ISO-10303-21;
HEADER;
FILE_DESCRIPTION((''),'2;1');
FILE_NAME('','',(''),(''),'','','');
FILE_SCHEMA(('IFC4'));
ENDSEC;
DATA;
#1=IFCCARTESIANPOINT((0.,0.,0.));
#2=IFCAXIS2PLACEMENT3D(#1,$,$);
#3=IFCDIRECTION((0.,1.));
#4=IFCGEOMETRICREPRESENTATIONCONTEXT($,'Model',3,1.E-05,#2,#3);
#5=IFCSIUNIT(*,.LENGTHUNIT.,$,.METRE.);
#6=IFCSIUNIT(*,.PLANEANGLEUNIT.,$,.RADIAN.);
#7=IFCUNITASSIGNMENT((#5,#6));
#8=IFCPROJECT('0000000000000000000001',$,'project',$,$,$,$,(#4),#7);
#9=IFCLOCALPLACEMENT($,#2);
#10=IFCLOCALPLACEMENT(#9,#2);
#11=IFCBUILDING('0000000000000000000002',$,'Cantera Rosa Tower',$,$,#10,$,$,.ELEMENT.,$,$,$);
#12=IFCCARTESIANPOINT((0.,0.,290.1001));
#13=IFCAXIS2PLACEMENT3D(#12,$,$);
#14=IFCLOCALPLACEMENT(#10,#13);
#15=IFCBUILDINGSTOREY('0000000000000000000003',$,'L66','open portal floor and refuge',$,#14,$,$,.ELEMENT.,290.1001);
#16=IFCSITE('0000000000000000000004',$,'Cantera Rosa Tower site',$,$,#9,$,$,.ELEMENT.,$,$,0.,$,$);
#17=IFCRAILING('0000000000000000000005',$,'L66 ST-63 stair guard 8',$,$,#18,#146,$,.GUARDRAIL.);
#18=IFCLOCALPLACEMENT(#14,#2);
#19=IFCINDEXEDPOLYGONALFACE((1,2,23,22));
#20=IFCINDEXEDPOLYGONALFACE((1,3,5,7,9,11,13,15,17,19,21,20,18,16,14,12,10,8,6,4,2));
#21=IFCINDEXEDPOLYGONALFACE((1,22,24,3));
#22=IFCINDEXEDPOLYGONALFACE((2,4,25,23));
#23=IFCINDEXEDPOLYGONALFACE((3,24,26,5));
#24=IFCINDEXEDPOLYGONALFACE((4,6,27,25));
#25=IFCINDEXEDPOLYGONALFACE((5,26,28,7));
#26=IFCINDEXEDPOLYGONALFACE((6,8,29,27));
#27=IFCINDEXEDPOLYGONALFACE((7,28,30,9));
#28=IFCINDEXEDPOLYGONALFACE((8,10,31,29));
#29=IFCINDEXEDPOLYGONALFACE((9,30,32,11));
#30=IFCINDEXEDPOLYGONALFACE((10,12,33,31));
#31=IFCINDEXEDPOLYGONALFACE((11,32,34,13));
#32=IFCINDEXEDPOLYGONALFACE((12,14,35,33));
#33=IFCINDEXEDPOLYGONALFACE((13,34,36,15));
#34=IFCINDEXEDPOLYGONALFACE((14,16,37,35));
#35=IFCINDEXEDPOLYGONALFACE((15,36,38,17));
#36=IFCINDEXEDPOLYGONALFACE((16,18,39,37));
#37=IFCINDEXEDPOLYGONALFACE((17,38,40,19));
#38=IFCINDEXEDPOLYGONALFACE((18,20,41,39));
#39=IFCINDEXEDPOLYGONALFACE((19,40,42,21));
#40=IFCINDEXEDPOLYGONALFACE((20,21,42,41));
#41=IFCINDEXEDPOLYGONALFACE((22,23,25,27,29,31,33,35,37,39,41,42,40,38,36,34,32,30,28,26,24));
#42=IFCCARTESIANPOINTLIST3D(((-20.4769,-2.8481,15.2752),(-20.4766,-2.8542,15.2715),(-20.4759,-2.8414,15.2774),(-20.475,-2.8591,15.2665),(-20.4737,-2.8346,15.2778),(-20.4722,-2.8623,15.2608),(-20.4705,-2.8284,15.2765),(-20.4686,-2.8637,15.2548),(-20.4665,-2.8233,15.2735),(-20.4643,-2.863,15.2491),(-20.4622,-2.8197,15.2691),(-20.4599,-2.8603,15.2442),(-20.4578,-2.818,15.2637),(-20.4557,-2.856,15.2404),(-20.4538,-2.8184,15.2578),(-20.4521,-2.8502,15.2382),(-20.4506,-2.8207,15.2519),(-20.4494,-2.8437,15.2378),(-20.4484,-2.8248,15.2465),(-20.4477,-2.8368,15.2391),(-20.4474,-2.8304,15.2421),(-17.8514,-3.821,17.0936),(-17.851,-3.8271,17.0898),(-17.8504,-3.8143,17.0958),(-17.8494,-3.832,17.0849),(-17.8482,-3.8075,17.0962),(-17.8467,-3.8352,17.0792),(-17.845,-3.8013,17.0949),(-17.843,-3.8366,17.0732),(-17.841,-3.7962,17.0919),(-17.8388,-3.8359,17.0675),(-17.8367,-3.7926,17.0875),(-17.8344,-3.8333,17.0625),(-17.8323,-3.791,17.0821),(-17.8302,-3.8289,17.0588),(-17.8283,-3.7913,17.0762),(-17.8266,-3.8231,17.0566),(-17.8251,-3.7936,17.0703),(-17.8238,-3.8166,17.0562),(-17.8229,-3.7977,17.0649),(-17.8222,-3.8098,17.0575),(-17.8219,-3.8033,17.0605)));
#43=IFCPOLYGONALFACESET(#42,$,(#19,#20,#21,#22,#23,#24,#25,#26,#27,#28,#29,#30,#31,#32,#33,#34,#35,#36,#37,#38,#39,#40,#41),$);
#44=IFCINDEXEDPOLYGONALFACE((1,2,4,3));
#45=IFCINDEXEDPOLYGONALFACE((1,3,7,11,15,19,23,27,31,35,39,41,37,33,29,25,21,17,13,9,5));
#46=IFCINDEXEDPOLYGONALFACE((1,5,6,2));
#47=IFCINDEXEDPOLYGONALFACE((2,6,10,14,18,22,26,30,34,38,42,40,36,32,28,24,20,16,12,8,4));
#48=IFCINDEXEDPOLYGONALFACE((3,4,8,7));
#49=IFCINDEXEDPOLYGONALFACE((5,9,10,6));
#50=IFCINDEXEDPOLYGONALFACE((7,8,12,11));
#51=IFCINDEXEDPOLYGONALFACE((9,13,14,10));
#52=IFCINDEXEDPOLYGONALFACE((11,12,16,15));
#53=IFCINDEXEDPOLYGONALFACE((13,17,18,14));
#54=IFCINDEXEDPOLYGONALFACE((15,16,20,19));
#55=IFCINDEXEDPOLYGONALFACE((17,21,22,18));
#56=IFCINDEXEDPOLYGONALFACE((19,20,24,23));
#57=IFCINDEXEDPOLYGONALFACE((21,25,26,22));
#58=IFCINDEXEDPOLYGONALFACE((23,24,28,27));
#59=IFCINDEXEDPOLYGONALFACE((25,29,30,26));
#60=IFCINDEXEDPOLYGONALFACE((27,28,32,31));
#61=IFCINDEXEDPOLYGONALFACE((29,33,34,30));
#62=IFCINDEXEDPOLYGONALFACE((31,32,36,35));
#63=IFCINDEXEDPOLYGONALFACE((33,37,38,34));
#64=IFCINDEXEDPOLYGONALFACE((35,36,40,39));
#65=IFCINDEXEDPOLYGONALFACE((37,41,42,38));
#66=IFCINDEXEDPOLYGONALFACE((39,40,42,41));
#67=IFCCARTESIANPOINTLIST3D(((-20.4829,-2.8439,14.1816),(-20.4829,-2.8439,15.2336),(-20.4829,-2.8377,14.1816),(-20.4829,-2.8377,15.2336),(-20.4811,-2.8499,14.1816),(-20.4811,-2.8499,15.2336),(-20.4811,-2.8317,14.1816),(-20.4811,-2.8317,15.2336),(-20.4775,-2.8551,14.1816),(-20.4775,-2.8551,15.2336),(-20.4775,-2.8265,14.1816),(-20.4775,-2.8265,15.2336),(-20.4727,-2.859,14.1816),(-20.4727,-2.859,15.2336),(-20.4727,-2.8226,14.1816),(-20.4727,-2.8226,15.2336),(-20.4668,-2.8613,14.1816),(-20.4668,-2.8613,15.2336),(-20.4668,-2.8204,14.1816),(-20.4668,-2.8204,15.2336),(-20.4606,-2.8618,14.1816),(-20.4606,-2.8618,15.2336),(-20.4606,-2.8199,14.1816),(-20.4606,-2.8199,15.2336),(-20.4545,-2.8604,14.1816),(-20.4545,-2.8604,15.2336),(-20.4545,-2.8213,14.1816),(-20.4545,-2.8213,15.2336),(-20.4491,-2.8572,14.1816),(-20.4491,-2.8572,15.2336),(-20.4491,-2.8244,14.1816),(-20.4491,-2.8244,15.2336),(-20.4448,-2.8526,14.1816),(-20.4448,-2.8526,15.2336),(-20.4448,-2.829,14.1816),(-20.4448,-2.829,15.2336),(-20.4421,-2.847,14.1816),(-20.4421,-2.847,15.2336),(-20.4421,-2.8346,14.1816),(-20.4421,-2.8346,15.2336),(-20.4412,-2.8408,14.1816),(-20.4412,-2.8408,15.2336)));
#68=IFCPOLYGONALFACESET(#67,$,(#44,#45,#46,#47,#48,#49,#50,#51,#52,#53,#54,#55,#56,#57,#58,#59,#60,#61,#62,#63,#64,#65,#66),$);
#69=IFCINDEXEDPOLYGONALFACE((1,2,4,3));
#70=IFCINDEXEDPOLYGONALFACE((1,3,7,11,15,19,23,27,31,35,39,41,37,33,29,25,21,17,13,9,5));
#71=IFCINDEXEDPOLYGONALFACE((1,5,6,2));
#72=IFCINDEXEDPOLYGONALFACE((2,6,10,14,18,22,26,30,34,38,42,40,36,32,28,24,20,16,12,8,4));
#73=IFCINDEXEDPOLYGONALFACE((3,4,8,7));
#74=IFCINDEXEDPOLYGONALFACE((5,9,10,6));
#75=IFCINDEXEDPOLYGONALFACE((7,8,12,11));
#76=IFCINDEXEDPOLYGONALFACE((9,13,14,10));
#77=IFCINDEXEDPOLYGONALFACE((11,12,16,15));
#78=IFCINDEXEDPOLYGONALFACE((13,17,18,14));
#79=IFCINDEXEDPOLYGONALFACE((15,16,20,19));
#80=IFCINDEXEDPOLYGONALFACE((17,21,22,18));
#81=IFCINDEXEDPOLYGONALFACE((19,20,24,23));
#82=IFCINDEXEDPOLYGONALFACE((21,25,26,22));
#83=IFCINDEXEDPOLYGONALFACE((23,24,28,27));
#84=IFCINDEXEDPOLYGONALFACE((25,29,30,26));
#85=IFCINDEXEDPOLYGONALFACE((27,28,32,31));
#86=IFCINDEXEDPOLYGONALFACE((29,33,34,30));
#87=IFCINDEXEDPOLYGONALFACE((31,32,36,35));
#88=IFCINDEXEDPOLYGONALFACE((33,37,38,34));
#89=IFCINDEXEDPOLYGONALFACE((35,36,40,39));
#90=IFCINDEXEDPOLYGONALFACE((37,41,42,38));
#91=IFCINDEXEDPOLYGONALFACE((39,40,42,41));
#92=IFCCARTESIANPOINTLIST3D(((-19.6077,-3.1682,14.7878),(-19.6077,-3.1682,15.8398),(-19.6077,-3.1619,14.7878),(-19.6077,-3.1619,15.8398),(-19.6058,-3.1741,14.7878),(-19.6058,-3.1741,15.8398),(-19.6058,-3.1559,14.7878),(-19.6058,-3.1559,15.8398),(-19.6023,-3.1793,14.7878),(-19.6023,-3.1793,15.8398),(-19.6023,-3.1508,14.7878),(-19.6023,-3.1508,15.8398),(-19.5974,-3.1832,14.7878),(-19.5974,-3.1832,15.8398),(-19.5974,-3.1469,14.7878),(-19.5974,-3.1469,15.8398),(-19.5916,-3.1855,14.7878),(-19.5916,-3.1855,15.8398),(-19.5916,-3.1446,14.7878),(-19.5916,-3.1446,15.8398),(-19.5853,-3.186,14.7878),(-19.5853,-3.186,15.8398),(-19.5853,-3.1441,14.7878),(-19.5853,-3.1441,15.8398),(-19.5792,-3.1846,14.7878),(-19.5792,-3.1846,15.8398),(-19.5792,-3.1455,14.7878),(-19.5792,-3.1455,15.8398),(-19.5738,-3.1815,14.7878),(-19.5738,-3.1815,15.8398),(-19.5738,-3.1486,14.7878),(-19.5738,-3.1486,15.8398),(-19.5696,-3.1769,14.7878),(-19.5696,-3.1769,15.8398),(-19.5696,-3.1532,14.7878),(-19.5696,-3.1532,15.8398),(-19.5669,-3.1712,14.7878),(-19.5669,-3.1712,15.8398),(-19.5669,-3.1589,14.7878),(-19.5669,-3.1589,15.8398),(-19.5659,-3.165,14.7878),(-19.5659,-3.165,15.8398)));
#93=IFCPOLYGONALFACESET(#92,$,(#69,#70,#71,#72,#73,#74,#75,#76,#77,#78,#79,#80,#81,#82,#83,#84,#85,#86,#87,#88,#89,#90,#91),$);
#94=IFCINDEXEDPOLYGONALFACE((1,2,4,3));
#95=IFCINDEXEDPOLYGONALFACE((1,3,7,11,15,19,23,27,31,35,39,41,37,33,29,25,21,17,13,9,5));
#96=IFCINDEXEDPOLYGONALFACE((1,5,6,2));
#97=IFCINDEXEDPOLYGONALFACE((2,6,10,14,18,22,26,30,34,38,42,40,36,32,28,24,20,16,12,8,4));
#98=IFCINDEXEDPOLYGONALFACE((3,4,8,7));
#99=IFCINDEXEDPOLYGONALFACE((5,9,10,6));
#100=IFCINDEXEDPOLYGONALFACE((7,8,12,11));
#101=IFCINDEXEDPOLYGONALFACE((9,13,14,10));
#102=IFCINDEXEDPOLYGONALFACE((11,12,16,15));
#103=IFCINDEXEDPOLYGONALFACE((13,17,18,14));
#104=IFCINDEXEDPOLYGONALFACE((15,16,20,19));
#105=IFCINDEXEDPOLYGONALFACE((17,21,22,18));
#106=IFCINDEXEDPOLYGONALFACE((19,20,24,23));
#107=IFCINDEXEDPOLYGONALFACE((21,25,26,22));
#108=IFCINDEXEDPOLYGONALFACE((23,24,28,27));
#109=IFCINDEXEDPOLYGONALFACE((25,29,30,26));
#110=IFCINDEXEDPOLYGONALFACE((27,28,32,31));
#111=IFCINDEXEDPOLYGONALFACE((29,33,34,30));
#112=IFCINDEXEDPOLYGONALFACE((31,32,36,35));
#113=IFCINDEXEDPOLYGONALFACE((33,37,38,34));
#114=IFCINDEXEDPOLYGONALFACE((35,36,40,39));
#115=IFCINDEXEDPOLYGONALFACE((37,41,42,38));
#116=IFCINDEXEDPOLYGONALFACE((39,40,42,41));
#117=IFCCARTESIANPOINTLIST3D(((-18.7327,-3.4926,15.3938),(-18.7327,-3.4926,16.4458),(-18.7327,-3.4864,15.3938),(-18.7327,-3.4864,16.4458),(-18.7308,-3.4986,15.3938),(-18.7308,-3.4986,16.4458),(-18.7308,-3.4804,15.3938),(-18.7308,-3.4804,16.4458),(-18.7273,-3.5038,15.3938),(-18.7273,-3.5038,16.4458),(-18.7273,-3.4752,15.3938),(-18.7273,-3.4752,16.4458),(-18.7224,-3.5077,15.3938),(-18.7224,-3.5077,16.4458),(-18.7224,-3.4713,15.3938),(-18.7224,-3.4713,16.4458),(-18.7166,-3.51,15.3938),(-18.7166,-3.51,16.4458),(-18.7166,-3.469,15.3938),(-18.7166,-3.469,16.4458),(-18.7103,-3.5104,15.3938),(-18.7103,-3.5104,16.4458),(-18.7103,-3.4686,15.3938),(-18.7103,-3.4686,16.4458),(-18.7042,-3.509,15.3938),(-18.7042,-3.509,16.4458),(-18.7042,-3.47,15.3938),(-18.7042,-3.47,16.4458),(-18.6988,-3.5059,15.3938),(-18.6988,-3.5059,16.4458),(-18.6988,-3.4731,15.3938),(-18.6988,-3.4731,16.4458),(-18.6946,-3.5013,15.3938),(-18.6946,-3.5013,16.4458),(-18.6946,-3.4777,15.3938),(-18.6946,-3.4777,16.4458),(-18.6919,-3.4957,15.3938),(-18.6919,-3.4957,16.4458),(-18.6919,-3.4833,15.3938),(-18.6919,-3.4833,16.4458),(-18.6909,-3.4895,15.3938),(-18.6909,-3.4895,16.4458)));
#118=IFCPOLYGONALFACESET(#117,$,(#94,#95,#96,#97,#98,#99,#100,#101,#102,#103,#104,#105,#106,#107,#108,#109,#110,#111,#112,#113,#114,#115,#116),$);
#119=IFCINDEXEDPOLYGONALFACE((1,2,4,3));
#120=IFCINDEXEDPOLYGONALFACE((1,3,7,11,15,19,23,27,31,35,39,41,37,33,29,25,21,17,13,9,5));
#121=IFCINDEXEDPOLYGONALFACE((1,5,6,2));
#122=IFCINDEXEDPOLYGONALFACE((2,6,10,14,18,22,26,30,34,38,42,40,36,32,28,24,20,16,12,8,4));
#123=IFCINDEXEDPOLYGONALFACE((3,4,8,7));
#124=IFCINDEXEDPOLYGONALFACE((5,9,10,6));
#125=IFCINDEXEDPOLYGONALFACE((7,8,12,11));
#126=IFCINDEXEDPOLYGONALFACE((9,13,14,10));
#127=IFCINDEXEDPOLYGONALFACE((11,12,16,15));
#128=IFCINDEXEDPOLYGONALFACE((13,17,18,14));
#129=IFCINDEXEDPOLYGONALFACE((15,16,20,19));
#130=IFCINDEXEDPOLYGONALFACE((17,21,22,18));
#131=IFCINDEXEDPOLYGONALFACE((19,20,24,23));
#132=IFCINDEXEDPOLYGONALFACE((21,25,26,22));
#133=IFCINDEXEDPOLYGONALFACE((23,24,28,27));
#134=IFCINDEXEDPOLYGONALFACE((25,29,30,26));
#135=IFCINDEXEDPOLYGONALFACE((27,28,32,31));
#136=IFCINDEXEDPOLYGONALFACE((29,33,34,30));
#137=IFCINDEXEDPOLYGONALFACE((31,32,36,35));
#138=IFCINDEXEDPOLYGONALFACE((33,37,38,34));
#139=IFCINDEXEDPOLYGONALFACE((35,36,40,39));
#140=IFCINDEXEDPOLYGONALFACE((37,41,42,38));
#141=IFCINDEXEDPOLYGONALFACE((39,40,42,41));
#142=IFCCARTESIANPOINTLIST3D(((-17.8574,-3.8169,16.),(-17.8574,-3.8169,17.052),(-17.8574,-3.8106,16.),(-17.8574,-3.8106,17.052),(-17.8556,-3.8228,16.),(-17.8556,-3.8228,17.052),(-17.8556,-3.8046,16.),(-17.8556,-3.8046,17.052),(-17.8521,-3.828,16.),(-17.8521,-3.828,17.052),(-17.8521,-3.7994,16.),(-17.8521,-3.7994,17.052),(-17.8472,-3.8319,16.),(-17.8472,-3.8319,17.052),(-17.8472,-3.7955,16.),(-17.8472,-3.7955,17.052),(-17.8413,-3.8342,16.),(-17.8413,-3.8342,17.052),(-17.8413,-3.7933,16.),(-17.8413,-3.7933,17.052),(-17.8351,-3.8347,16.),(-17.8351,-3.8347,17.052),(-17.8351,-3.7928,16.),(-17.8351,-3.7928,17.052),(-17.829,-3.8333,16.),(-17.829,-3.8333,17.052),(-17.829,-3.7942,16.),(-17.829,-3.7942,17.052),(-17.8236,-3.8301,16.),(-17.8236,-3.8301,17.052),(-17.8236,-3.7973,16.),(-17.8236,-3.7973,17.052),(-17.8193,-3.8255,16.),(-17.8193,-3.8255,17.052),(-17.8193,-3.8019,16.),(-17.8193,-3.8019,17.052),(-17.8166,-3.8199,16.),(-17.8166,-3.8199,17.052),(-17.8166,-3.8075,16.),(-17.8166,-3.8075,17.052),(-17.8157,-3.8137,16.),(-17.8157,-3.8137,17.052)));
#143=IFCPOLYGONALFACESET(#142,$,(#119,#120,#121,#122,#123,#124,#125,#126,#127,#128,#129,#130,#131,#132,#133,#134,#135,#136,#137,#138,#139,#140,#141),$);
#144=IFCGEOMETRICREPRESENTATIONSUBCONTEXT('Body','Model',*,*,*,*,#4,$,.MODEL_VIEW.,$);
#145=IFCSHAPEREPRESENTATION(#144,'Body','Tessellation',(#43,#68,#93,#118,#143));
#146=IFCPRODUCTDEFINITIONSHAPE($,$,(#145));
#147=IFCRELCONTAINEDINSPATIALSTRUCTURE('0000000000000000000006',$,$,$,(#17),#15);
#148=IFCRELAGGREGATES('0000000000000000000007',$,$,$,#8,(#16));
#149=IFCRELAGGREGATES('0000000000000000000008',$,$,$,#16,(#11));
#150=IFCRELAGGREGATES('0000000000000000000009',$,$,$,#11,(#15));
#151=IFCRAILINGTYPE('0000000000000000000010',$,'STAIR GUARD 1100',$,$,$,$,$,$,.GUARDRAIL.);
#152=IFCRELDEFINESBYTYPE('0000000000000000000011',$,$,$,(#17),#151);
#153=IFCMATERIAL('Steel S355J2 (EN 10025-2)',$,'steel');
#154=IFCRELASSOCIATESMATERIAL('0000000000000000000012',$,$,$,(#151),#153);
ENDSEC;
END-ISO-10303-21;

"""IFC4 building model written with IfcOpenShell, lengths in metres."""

from ifc_helpers import new_model, si_unit, direction, frame, origin, origin_2d, place, context, subcontext, project, spatial, circle, extrude, material, type_object, element, save


model = new_model("IFC4")

# Units and contexts
model_context = context("Model", 3, precision=1e-05, world=origin(), true_north=direction((0.0, 1.0)))
body_context = subcontext(model_context, "Body", "Model", "MODEL_VIEW")
ifc_project = project(units=[si_unit("LENGTHUNIT", "METRE"), si_unit("PLANEANGLEUNIT", "RADIAN")], contexts=[model_context])

# Site, building, storey
site_placement = place(None, origin())
site = spatial("IfcSite", under=ifc_project, at=site_placement, Name="Cantera Rosa Tower site", CompositionType="ELEMENT", RefElevation=0.0)
building_placement = place(site_placement, origin())
building = spatial("IfcBuilding", under=site, at=building_placement, Name="Cantera Rosa Tower", CompositionType="ELEMENT")
storey_placement = place(building_placement, frame((0.0, 0.0, 290.1001)))
storey = spatial("IfcBuildingStorey", under=building, at=storey_placement, Name="L66", Description="open portal floor and refuge", CompositionType="ELEMENT", Elevation=290.1001)

# Railing
ifc_material_1 = material(Name="Steel S355J2 (EN 10025-2)", Category="steel")
railing_type_1 = type_object("IfcRailingType", Name="STAIR GUARD 1100", PredefinedType="GUARDRAIL", material=ifc_material_1)
railing_1_placement = place(storey_placement, frame((-20.4622, -2.8408, 14.1816)))
element("IfcRailing", 1, at=railing_1_placement, inside=storey, type_object=railing_type_1, Name="L66 ST-63 stair guard 8", PredefinedType="GUARDRAIL", context=body_context, shape_type="SweptSolid", body=[
    extrude(circle(Radius=0.0239, at=origin_2d()), frame((0.0, 0.0, 1.0762), z_axis=(0.786407, -0.291411, 0.54465), x_axis=(0.347471, 0.937691, 0.0)), (0.0, 0.0, 1.0), 3.3386),
    extrude(circle(Radius=0.021, at=origin_2d()), origin(), (0.0, 0.0, 1.0), 1.052),
    extrude(circle(Radius=0.021, at=origin_2d()), frame((0.8752, -0.3242, 0.6062)), (0.0, 0.0, 1.0), 1.052),
    extrude(circle(Radius=0.021, at=origin_2d()), frame((1.7502, -0.6487, 1.2122)), (0.0, 0.0, 1.0), 1.052),
    extrude(circle(Radius=0.021, at=origin_2d()), frame((2.6255, -0.9729, 1.8184)), (0.0, 0.0, 1.0), 1.052),
])

save(model, "model.ifc")
